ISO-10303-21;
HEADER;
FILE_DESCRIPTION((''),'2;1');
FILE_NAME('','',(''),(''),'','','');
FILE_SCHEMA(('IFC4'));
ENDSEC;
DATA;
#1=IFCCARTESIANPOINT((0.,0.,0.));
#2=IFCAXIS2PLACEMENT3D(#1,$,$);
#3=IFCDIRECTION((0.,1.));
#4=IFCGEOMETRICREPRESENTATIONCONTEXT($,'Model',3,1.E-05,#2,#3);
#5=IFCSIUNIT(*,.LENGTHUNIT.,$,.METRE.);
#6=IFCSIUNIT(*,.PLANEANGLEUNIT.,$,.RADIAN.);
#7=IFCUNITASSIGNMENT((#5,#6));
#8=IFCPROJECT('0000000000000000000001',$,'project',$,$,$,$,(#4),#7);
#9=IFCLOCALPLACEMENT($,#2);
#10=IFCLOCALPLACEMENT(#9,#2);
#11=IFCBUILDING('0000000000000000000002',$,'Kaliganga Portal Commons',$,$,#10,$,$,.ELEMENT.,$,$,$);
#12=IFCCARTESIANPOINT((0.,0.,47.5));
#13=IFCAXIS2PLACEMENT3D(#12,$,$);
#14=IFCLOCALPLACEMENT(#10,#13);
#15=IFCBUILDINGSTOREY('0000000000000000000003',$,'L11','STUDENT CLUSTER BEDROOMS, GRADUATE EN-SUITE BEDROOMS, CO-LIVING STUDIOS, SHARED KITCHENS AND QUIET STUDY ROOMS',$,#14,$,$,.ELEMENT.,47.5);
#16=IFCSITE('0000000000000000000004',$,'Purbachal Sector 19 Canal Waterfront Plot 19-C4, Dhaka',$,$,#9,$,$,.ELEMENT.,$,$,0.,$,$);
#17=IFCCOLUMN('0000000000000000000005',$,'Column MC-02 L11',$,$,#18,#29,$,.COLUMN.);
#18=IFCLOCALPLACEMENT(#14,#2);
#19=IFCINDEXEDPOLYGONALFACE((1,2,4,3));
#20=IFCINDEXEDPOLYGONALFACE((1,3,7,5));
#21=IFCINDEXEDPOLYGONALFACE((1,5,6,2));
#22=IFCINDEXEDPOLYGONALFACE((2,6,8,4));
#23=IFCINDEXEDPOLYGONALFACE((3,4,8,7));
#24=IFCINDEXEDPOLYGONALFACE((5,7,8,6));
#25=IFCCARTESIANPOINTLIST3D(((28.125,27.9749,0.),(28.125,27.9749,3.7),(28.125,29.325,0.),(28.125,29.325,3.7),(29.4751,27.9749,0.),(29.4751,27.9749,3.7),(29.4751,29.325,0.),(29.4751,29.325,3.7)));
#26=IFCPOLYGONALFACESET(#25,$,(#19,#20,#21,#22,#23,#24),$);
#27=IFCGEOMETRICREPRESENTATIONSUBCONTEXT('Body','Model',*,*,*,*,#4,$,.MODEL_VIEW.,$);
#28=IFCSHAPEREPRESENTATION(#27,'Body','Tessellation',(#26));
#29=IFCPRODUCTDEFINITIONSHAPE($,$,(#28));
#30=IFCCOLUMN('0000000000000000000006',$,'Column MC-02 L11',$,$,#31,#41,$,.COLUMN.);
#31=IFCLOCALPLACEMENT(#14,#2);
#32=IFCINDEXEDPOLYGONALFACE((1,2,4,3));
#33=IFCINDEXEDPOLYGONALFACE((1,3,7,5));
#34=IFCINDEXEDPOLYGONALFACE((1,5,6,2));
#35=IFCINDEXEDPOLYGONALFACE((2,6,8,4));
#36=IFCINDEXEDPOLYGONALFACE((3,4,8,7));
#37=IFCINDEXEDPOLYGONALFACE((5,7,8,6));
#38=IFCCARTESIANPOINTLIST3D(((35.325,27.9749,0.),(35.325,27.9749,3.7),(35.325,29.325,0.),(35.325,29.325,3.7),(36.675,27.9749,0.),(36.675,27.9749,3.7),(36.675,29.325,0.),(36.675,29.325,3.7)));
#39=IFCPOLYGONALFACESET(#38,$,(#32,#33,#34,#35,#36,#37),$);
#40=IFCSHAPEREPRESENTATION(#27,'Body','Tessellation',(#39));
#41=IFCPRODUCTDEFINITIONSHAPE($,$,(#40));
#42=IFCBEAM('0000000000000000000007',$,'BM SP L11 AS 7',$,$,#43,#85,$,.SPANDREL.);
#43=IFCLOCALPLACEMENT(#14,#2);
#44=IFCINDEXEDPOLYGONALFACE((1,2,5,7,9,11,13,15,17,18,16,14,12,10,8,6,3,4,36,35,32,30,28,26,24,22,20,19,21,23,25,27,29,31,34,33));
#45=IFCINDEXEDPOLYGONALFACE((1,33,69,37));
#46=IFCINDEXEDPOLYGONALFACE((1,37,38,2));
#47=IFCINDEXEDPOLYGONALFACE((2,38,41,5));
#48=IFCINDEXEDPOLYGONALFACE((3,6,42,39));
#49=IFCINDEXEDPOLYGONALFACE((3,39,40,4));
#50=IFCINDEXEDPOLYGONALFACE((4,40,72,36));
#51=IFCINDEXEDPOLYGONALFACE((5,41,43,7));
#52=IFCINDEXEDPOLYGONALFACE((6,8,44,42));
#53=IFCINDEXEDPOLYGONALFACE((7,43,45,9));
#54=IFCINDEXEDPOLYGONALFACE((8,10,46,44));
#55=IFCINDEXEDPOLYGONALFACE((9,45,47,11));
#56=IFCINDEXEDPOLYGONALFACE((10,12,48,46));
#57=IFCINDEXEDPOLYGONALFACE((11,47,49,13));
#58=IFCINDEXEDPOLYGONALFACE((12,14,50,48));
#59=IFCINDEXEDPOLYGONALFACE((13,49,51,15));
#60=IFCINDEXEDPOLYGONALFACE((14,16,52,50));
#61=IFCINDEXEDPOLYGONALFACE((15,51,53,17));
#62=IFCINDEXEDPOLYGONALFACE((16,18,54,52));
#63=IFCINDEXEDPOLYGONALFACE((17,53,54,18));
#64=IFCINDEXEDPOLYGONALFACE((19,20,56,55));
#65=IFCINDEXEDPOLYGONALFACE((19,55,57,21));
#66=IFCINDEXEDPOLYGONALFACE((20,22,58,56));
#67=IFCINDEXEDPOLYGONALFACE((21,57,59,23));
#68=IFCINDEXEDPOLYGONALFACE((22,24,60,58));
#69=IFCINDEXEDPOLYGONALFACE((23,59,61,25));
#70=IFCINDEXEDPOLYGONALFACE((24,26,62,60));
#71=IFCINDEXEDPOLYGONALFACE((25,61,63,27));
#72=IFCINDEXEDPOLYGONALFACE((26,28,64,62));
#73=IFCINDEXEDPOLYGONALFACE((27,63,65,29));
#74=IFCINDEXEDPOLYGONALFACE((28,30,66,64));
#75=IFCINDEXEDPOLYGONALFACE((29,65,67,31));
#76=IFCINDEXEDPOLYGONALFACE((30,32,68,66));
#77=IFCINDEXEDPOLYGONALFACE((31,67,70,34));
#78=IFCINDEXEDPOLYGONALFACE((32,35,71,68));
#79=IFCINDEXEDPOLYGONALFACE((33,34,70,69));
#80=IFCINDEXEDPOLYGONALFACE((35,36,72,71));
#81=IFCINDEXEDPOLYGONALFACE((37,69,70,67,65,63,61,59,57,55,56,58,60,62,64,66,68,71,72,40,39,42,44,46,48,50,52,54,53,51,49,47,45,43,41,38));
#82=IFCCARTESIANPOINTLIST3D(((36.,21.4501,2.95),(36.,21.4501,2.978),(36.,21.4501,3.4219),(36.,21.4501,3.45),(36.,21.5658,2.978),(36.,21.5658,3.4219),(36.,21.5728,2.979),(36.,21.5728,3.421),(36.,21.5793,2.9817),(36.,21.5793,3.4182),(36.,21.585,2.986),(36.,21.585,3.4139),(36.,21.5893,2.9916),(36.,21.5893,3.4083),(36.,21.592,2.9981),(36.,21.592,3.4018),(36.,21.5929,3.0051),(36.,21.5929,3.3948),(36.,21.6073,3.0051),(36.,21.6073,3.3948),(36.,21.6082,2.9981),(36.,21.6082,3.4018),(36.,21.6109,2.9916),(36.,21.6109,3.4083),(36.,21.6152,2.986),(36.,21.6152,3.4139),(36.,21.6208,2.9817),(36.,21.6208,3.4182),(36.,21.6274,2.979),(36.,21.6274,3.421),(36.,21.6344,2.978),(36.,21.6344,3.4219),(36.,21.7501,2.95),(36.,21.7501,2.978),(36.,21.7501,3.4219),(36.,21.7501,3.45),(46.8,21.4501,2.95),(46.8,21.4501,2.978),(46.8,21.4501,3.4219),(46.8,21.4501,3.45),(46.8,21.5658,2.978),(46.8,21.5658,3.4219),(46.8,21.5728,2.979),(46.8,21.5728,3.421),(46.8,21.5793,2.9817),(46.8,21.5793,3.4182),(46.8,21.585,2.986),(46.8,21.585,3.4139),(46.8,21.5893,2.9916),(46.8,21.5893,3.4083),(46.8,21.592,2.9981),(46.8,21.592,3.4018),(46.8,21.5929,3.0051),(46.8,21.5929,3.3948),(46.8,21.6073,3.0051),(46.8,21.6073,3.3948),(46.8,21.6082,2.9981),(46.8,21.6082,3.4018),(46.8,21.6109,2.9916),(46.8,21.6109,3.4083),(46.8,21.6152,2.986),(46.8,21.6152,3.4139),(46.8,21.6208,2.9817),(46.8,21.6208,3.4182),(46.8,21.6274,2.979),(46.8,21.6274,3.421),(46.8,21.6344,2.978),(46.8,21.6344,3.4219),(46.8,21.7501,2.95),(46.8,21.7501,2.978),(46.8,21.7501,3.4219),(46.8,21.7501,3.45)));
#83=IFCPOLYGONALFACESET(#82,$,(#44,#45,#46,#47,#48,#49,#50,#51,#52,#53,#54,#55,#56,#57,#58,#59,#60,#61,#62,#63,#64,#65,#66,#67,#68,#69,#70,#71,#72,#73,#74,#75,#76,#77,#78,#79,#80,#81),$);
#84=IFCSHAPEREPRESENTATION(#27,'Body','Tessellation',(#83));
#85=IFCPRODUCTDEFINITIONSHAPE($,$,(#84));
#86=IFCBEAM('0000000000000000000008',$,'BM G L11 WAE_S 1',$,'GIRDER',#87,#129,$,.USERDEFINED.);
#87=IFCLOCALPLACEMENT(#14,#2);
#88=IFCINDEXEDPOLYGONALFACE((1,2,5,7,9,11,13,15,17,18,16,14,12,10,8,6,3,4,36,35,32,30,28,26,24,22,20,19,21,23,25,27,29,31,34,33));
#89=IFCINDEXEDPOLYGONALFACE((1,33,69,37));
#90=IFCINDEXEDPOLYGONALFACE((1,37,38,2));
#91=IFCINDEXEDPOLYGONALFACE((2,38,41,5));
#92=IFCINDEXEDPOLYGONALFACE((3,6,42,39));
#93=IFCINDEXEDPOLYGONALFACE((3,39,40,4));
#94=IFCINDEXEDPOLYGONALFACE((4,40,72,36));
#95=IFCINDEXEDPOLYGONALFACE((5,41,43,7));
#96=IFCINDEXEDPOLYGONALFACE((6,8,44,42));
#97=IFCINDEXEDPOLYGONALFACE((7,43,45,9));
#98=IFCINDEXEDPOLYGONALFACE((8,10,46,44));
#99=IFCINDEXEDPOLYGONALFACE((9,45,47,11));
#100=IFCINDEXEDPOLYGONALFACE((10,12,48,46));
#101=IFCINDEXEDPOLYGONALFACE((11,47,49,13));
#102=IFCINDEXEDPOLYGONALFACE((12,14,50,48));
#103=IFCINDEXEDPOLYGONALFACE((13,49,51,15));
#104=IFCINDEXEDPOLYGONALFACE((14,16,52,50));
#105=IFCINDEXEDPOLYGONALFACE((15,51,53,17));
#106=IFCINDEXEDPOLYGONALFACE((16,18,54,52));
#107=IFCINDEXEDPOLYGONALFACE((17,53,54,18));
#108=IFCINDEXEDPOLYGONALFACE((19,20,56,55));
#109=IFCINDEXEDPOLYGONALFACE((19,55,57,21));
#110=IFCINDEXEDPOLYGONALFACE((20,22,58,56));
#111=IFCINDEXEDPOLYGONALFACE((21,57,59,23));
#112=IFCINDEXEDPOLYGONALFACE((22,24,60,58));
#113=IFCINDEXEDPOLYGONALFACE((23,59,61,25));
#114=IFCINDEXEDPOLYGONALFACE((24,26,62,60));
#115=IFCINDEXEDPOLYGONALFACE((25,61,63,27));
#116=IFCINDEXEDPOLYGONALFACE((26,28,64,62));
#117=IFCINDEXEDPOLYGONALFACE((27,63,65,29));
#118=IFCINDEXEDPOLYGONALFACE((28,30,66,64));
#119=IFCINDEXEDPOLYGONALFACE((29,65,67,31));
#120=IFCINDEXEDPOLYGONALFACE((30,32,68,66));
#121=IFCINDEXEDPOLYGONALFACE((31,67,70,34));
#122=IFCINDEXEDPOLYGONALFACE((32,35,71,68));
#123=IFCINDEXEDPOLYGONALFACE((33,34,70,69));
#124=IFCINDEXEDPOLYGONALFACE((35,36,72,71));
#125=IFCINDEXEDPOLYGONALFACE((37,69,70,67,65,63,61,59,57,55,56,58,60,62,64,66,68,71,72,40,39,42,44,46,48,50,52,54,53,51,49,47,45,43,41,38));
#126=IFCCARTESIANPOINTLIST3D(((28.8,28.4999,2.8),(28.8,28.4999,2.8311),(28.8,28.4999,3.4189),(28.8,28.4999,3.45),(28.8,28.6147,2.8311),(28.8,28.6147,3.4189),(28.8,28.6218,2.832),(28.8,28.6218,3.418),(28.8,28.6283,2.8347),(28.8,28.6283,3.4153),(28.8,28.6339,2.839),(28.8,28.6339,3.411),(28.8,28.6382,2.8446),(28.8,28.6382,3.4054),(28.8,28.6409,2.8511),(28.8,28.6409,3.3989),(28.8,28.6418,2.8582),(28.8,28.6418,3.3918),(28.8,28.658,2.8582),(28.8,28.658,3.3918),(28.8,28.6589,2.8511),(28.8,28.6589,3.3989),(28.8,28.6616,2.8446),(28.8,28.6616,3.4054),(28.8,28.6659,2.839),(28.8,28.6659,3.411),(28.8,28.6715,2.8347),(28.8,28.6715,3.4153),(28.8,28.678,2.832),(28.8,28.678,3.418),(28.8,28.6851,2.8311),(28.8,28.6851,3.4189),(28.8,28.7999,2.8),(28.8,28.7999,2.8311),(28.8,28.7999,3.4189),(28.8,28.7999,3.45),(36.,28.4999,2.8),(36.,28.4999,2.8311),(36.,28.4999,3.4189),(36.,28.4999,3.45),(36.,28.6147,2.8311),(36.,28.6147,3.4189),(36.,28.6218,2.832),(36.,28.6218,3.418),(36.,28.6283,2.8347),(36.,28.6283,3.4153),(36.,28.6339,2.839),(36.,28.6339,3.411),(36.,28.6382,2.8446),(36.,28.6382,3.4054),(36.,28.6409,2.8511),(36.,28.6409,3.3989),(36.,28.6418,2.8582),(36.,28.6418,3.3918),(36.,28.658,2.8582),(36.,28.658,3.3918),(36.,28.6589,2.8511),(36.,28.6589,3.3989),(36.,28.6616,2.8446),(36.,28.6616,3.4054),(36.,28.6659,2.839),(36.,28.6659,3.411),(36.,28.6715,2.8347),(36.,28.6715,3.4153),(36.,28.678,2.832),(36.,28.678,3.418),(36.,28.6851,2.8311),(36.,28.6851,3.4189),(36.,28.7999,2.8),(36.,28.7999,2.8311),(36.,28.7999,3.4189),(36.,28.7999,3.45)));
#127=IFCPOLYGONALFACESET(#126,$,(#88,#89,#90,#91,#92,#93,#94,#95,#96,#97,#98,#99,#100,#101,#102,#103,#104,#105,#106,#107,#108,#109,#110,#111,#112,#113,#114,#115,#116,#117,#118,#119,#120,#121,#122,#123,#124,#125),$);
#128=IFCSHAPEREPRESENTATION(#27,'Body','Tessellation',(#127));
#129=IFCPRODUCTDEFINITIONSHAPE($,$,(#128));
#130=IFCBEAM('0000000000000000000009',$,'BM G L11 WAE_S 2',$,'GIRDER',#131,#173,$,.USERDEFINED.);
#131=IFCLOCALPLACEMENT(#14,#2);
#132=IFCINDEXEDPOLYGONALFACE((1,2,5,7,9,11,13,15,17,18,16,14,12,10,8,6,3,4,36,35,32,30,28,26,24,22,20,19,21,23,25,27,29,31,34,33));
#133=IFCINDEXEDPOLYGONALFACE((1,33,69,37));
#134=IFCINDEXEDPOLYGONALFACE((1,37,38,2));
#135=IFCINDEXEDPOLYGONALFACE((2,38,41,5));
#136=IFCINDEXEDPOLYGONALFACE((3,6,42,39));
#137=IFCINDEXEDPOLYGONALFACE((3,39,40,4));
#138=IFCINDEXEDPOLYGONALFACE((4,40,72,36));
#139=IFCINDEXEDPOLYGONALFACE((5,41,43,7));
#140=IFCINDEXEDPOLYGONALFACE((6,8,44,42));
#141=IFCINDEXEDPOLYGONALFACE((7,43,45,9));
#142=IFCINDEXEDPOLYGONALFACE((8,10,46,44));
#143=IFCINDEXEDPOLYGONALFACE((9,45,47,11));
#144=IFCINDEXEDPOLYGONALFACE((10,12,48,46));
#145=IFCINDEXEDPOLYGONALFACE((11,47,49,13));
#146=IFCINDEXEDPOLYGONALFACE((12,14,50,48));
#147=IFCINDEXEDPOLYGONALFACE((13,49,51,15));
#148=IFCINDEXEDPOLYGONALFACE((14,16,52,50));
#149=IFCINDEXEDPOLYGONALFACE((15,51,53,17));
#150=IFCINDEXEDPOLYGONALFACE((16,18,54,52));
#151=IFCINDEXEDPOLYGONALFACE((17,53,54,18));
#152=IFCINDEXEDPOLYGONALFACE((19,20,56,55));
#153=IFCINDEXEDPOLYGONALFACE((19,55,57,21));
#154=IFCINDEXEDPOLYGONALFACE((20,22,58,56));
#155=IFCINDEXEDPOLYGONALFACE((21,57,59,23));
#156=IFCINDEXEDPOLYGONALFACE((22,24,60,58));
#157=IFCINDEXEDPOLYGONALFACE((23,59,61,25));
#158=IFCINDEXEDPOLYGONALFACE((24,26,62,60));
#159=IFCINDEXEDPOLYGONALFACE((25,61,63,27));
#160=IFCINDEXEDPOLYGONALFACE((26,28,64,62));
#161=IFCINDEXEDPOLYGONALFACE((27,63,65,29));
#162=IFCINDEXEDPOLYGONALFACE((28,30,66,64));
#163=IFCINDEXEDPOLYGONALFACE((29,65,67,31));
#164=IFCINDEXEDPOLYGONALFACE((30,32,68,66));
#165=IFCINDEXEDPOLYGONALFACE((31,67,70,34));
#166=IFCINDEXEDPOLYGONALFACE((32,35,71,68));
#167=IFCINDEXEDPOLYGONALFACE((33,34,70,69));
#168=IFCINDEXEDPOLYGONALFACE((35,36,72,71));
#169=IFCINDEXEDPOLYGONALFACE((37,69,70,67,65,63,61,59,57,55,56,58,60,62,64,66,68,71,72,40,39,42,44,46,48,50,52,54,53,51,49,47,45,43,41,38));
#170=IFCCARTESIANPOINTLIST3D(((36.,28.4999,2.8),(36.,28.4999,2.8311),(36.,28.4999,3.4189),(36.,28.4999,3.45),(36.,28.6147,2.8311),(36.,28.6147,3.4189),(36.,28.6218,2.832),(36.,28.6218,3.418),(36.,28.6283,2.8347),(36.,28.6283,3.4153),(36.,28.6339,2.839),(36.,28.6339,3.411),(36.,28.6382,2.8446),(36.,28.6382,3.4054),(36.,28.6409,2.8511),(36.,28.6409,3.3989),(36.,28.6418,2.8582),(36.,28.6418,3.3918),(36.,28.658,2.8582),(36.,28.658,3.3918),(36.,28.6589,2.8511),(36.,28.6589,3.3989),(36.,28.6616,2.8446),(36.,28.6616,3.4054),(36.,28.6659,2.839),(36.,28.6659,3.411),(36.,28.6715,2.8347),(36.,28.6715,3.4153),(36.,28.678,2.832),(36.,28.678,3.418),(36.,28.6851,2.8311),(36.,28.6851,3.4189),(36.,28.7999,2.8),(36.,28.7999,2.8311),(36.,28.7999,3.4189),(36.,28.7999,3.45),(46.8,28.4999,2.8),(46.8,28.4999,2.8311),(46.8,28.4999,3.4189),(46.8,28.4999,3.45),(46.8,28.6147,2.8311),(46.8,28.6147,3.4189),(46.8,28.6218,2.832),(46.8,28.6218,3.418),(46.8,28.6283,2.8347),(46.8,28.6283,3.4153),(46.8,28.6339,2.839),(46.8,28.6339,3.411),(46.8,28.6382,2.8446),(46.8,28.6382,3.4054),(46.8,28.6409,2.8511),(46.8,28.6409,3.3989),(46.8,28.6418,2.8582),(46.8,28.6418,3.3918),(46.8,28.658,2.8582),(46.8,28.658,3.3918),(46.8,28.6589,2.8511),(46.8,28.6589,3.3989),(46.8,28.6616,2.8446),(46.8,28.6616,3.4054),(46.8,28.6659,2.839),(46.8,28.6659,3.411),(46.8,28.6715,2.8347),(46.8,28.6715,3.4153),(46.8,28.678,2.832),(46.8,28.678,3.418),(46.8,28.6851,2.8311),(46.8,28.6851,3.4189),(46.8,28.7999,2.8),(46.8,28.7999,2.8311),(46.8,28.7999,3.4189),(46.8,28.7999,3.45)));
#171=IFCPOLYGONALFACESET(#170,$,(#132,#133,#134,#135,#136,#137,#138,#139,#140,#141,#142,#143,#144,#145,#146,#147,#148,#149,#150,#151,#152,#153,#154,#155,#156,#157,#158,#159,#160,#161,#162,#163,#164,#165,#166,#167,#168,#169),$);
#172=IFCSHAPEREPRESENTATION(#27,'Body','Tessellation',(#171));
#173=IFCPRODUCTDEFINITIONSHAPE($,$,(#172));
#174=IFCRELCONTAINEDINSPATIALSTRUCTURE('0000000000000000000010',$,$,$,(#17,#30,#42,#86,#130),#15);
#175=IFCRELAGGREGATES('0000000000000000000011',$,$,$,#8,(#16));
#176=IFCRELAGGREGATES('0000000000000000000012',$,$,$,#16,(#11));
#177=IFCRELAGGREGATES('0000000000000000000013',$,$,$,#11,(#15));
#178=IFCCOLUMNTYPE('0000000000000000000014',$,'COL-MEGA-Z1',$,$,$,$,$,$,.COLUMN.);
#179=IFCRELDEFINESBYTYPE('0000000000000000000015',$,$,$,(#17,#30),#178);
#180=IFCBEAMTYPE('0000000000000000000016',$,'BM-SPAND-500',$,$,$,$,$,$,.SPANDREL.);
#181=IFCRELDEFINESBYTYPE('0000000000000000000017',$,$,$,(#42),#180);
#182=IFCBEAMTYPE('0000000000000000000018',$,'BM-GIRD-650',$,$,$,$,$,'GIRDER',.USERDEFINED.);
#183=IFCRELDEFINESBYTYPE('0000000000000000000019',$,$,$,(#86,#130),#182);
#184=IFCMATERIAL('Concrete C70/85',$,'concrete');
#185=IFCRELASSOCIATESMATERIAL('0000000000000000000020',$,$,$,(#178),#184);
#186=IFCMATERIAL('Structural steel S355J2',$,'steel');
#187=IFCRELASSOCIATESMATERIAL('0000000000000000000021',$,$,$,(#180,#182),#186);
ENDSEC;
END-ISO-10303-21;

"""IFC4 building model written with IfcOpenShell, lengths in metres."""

from ifc_helpers import new_model, si_unit, direction, frame, origin, origin_2d, place, context, subcontext, project, spatial, rectangle, i_section, extrude, source, transform, mapped, material, material_profile, profile_set, type_object, element, save


model = new_model("IFC4")

# Units and contexts
model_context = context("Model", 3, precision=1e-05, world=origin(), true_north=direction((0.0, 1.0)))
body_context = subcontext(model_context, "Body", "Model", "MODEL_VIEW")
ifc_project = project(units=[si_unit("LENGTHUNIT", "METRE"), si_unit("PLANEANGLEUNIT", "RADIAN")], contexts=[model_context])

# Site, building, storey
site_placement = place(None, origin())
site = spatial("IfcSite", under=ifc_project, at=site_placement, Name="Purbachal Sector 19 Canal Waterfront Plot 19-C4, Dhaka", CompositionType="ELEMENT", RefElevation=0.0)
building_placement = place(site_placement, origin())
building = spatial("IfcBuilding", under=site, at=building_placement, Name="Kaliganga Portal Commons", CompositionType="ELEMENT")
storey_placement = place(building_placement, frame((0.0, 0.0, 47.5)))
storey = spatial("IfcBuildingStorey", under=building, at=storey_placement, Name="L11", Description="STUDENT CLUSTER BEDROOMS, GRADUATE EN-SUITE BEDROOMS, CO-LIVING STUDIOS, SHARED KITCHENS AND QUIET STUDY ROOMS", CompositionType="ELEMENT", Elevation=47.5)

# Columns
ifc_material_1 = material(Name="Concrete C70/85", Category="concrete")
ifc_material_profile_1 = material_profile(ifc_material_1, rectangle(XDim=1.3501, YDim=1.3501, at=origin_2d()), Name="RC 1350x1350")
ifc_profile_set_1 = profile_set([ifc_material_profile_1], Name="Concrete C70/85")
column_type = type_object("IfcColumnType", Name="COL-MEGA-Z1", PredefinedType="COLUMN", material=ifc_profile_set_1)
shared_shape_1 = source(origin(), body_context, "Body", "SweptSolid", [
    extrude(rectangle(XDim=1.3501, YDim=1.3501, at=origin_2d()), origin(), (0.0, 0.0, 1.0), 3.7),
])
for number, where, z_axis, x_axis, name in (
    (1, (28.8, 28.6499, 0.0), (0.0, 0.0, 1.0), (1.0, 0.0, 0.0), "Column MC-02 L11"),
    (2, (36.0, 28.6499, 0.0), (0.0, 0.0, 1.0), (1.0, 0.0, 0.0), "Column MC-02 L11"),
):
    element("IfcColumn", number, at=place(storey_placement, frame(where, z_axis=z_axis, x_axis=x_axis)), inside=storey, type_object=column_type, Name=name, PredefinedType="COLUMN", context=body_context, shape_type="MappedRepresentation", body=[
        mapped(shared_shape_1, transform((0.0, 0.0, 0.0), x_axis=(1.0, 0.0, 0.0), y_axis=(0.0, 1.0, 0.0), z_axis=(0.0, 0.0, 1.0), scale=1.0)),
    ])

# Beams
ifc_material_2 = material(Name="Structural steel S355J2", Category="steel")
ifc_material_profile_2 = material_profile(ifc_material_2, i_section(OverallWidth=0.3, OverallDepth=0.5, WebThickness=0.0144, FlangeThickness=0.0281, FilletRadius=0.0271, at=origin_2d()), Name="HE 500 B")
ifc_profile_set_2 = profile_set([ifc_material_profile_2], Name="Structural steel S355J2 wide-flange")
beam_type_1 = type_object("IfcBeamType", Name="BM-SPAND-500", PredefinedType="SPANDREL", material=ifc_profile_set_2)
shared_shape_2 = source(origin(), body_context, "Body", "SweptSolid", [
    extrude(i_section(OverallWidth=0.3, OverallDepth=0.5, WebThickness=0.0144, FlangeThickness=0.0281, FilletRadius=0.0271, at=origin_2d()), origin(), (0.0, 0.0, 1.0), 10.8),
])
beam_1_placement = place(storey_placement, frame((36.0, 21.6001, 3.2), z_axis=(1.0, 0.0, 0.0), x_axis=(0.0, 1.0, 0.0)))
element("IfcBeam", 3, at=beam_1_placement, inside=storey, type_object=beam_type_1, Name="BM SP L11 AS 7", PredefinedType="SPANDREL", context=body_context, shape_type="MappedRepresentation", body=[
    mapped(shared_shape_2, transform((0.0, 0.0, 0.0), x_axis=(1.0, 0.0, 0.0), y_axis=(0.0, 1.0, 0.0), z_axis=(0.0, 0.0, 1.0), scale=1.0)),
])
ifc_material_profile_3 = material_profile(ifc_material_2, i_section(OverallWidth=0.3, OverallDepth=0.6499, WebThickness=0.0161, FlangeThickness=0.031, FilletRadius=0.0271, at=origin_2d()), Name="HE 650 B")
ifc_profile_set_3 = profile_set([ifc_material_profile_3], Name="Structural steel S355J2 wide-flange")
beam_type_2 = type_object("IfcBeamType", Name="BM-GIRD-650", ElementType="GIRDER", PredefinedType="USERDEFINED", material=ifc_profile_set_3)
shared_shape_3 = source(origin(), body_context, "Body", "SweptSolid", [
    extrude(i_section(OverallWidth=0.3, OverallDepth=0.6499, WebThickness=0.0161, FlangeThickness=0.031, FilletRadius=0.0271, at=origin_2d()), origin(), (0.0, 0.0, 1.0), 7.2),
])
beam_2_placement = place(storey_placement, frame((28.8, 28.6499, 3.125), z_axis=(1.0, 0.0, 0.0), x_axis=(0.0, 1.0, 0.0)))
element("IfcBeam", 4, at=beam_2_placement, inside=storey, type_object=beam_type_2, Name="BM G L11 WAE_S 1", ObjectType="GIRDER", PredefinedType="USERDEFINED", context=body_context, shape_type="MappedRepresentation", body=[
    mapped(shared_shape_3, transform((0.0, 0.0, 0.0), x_axis=(1.0, 0.0, 0.0), y_axis=(0.0, 1.0, 0.0), z_axis=(0.0, 0.0, 1.0), scale=1.0)),
])
shared_shape_4 = source(origin(), body_context, "Body", "SweptSolid", [
    extrude(i_section(OverallWidth=0.3, OverallDepth=0.6499, WebThickness=0.0161, FlangeThickness=0.031, FilletRadius=0.0271, at=origin_2d()), origin(), (0.0, 0.0, 1.0), 10.8),
])
beam_3_placement = place(storey_placement, frame((36.0, 28.6499, 3.125), z_axis=(1.0, 0.0, 0.0), x_axis=(0.0, 1.0, 0.0)))
element("IfcBeam", 5, at=beam_3_placement, inside=storey, type_object=beam_type_2, Name="BM G L11 WAE_S 2", ObjectType="GIRDER", PredefinedType="USERDEFINED", context=body_context, shape_type="MappedRepresentation", body=[
    mapped(shared_shape_4, transform((0.0, 0.0, 0.0), x_axis=(1.0, 0.0, 0.0), y_axis=(0.0, 1.0, 0.0), z_axis=(0.0, 0.0, 1.0), scale=1.0)),
])

save(model, "model.ifc")
